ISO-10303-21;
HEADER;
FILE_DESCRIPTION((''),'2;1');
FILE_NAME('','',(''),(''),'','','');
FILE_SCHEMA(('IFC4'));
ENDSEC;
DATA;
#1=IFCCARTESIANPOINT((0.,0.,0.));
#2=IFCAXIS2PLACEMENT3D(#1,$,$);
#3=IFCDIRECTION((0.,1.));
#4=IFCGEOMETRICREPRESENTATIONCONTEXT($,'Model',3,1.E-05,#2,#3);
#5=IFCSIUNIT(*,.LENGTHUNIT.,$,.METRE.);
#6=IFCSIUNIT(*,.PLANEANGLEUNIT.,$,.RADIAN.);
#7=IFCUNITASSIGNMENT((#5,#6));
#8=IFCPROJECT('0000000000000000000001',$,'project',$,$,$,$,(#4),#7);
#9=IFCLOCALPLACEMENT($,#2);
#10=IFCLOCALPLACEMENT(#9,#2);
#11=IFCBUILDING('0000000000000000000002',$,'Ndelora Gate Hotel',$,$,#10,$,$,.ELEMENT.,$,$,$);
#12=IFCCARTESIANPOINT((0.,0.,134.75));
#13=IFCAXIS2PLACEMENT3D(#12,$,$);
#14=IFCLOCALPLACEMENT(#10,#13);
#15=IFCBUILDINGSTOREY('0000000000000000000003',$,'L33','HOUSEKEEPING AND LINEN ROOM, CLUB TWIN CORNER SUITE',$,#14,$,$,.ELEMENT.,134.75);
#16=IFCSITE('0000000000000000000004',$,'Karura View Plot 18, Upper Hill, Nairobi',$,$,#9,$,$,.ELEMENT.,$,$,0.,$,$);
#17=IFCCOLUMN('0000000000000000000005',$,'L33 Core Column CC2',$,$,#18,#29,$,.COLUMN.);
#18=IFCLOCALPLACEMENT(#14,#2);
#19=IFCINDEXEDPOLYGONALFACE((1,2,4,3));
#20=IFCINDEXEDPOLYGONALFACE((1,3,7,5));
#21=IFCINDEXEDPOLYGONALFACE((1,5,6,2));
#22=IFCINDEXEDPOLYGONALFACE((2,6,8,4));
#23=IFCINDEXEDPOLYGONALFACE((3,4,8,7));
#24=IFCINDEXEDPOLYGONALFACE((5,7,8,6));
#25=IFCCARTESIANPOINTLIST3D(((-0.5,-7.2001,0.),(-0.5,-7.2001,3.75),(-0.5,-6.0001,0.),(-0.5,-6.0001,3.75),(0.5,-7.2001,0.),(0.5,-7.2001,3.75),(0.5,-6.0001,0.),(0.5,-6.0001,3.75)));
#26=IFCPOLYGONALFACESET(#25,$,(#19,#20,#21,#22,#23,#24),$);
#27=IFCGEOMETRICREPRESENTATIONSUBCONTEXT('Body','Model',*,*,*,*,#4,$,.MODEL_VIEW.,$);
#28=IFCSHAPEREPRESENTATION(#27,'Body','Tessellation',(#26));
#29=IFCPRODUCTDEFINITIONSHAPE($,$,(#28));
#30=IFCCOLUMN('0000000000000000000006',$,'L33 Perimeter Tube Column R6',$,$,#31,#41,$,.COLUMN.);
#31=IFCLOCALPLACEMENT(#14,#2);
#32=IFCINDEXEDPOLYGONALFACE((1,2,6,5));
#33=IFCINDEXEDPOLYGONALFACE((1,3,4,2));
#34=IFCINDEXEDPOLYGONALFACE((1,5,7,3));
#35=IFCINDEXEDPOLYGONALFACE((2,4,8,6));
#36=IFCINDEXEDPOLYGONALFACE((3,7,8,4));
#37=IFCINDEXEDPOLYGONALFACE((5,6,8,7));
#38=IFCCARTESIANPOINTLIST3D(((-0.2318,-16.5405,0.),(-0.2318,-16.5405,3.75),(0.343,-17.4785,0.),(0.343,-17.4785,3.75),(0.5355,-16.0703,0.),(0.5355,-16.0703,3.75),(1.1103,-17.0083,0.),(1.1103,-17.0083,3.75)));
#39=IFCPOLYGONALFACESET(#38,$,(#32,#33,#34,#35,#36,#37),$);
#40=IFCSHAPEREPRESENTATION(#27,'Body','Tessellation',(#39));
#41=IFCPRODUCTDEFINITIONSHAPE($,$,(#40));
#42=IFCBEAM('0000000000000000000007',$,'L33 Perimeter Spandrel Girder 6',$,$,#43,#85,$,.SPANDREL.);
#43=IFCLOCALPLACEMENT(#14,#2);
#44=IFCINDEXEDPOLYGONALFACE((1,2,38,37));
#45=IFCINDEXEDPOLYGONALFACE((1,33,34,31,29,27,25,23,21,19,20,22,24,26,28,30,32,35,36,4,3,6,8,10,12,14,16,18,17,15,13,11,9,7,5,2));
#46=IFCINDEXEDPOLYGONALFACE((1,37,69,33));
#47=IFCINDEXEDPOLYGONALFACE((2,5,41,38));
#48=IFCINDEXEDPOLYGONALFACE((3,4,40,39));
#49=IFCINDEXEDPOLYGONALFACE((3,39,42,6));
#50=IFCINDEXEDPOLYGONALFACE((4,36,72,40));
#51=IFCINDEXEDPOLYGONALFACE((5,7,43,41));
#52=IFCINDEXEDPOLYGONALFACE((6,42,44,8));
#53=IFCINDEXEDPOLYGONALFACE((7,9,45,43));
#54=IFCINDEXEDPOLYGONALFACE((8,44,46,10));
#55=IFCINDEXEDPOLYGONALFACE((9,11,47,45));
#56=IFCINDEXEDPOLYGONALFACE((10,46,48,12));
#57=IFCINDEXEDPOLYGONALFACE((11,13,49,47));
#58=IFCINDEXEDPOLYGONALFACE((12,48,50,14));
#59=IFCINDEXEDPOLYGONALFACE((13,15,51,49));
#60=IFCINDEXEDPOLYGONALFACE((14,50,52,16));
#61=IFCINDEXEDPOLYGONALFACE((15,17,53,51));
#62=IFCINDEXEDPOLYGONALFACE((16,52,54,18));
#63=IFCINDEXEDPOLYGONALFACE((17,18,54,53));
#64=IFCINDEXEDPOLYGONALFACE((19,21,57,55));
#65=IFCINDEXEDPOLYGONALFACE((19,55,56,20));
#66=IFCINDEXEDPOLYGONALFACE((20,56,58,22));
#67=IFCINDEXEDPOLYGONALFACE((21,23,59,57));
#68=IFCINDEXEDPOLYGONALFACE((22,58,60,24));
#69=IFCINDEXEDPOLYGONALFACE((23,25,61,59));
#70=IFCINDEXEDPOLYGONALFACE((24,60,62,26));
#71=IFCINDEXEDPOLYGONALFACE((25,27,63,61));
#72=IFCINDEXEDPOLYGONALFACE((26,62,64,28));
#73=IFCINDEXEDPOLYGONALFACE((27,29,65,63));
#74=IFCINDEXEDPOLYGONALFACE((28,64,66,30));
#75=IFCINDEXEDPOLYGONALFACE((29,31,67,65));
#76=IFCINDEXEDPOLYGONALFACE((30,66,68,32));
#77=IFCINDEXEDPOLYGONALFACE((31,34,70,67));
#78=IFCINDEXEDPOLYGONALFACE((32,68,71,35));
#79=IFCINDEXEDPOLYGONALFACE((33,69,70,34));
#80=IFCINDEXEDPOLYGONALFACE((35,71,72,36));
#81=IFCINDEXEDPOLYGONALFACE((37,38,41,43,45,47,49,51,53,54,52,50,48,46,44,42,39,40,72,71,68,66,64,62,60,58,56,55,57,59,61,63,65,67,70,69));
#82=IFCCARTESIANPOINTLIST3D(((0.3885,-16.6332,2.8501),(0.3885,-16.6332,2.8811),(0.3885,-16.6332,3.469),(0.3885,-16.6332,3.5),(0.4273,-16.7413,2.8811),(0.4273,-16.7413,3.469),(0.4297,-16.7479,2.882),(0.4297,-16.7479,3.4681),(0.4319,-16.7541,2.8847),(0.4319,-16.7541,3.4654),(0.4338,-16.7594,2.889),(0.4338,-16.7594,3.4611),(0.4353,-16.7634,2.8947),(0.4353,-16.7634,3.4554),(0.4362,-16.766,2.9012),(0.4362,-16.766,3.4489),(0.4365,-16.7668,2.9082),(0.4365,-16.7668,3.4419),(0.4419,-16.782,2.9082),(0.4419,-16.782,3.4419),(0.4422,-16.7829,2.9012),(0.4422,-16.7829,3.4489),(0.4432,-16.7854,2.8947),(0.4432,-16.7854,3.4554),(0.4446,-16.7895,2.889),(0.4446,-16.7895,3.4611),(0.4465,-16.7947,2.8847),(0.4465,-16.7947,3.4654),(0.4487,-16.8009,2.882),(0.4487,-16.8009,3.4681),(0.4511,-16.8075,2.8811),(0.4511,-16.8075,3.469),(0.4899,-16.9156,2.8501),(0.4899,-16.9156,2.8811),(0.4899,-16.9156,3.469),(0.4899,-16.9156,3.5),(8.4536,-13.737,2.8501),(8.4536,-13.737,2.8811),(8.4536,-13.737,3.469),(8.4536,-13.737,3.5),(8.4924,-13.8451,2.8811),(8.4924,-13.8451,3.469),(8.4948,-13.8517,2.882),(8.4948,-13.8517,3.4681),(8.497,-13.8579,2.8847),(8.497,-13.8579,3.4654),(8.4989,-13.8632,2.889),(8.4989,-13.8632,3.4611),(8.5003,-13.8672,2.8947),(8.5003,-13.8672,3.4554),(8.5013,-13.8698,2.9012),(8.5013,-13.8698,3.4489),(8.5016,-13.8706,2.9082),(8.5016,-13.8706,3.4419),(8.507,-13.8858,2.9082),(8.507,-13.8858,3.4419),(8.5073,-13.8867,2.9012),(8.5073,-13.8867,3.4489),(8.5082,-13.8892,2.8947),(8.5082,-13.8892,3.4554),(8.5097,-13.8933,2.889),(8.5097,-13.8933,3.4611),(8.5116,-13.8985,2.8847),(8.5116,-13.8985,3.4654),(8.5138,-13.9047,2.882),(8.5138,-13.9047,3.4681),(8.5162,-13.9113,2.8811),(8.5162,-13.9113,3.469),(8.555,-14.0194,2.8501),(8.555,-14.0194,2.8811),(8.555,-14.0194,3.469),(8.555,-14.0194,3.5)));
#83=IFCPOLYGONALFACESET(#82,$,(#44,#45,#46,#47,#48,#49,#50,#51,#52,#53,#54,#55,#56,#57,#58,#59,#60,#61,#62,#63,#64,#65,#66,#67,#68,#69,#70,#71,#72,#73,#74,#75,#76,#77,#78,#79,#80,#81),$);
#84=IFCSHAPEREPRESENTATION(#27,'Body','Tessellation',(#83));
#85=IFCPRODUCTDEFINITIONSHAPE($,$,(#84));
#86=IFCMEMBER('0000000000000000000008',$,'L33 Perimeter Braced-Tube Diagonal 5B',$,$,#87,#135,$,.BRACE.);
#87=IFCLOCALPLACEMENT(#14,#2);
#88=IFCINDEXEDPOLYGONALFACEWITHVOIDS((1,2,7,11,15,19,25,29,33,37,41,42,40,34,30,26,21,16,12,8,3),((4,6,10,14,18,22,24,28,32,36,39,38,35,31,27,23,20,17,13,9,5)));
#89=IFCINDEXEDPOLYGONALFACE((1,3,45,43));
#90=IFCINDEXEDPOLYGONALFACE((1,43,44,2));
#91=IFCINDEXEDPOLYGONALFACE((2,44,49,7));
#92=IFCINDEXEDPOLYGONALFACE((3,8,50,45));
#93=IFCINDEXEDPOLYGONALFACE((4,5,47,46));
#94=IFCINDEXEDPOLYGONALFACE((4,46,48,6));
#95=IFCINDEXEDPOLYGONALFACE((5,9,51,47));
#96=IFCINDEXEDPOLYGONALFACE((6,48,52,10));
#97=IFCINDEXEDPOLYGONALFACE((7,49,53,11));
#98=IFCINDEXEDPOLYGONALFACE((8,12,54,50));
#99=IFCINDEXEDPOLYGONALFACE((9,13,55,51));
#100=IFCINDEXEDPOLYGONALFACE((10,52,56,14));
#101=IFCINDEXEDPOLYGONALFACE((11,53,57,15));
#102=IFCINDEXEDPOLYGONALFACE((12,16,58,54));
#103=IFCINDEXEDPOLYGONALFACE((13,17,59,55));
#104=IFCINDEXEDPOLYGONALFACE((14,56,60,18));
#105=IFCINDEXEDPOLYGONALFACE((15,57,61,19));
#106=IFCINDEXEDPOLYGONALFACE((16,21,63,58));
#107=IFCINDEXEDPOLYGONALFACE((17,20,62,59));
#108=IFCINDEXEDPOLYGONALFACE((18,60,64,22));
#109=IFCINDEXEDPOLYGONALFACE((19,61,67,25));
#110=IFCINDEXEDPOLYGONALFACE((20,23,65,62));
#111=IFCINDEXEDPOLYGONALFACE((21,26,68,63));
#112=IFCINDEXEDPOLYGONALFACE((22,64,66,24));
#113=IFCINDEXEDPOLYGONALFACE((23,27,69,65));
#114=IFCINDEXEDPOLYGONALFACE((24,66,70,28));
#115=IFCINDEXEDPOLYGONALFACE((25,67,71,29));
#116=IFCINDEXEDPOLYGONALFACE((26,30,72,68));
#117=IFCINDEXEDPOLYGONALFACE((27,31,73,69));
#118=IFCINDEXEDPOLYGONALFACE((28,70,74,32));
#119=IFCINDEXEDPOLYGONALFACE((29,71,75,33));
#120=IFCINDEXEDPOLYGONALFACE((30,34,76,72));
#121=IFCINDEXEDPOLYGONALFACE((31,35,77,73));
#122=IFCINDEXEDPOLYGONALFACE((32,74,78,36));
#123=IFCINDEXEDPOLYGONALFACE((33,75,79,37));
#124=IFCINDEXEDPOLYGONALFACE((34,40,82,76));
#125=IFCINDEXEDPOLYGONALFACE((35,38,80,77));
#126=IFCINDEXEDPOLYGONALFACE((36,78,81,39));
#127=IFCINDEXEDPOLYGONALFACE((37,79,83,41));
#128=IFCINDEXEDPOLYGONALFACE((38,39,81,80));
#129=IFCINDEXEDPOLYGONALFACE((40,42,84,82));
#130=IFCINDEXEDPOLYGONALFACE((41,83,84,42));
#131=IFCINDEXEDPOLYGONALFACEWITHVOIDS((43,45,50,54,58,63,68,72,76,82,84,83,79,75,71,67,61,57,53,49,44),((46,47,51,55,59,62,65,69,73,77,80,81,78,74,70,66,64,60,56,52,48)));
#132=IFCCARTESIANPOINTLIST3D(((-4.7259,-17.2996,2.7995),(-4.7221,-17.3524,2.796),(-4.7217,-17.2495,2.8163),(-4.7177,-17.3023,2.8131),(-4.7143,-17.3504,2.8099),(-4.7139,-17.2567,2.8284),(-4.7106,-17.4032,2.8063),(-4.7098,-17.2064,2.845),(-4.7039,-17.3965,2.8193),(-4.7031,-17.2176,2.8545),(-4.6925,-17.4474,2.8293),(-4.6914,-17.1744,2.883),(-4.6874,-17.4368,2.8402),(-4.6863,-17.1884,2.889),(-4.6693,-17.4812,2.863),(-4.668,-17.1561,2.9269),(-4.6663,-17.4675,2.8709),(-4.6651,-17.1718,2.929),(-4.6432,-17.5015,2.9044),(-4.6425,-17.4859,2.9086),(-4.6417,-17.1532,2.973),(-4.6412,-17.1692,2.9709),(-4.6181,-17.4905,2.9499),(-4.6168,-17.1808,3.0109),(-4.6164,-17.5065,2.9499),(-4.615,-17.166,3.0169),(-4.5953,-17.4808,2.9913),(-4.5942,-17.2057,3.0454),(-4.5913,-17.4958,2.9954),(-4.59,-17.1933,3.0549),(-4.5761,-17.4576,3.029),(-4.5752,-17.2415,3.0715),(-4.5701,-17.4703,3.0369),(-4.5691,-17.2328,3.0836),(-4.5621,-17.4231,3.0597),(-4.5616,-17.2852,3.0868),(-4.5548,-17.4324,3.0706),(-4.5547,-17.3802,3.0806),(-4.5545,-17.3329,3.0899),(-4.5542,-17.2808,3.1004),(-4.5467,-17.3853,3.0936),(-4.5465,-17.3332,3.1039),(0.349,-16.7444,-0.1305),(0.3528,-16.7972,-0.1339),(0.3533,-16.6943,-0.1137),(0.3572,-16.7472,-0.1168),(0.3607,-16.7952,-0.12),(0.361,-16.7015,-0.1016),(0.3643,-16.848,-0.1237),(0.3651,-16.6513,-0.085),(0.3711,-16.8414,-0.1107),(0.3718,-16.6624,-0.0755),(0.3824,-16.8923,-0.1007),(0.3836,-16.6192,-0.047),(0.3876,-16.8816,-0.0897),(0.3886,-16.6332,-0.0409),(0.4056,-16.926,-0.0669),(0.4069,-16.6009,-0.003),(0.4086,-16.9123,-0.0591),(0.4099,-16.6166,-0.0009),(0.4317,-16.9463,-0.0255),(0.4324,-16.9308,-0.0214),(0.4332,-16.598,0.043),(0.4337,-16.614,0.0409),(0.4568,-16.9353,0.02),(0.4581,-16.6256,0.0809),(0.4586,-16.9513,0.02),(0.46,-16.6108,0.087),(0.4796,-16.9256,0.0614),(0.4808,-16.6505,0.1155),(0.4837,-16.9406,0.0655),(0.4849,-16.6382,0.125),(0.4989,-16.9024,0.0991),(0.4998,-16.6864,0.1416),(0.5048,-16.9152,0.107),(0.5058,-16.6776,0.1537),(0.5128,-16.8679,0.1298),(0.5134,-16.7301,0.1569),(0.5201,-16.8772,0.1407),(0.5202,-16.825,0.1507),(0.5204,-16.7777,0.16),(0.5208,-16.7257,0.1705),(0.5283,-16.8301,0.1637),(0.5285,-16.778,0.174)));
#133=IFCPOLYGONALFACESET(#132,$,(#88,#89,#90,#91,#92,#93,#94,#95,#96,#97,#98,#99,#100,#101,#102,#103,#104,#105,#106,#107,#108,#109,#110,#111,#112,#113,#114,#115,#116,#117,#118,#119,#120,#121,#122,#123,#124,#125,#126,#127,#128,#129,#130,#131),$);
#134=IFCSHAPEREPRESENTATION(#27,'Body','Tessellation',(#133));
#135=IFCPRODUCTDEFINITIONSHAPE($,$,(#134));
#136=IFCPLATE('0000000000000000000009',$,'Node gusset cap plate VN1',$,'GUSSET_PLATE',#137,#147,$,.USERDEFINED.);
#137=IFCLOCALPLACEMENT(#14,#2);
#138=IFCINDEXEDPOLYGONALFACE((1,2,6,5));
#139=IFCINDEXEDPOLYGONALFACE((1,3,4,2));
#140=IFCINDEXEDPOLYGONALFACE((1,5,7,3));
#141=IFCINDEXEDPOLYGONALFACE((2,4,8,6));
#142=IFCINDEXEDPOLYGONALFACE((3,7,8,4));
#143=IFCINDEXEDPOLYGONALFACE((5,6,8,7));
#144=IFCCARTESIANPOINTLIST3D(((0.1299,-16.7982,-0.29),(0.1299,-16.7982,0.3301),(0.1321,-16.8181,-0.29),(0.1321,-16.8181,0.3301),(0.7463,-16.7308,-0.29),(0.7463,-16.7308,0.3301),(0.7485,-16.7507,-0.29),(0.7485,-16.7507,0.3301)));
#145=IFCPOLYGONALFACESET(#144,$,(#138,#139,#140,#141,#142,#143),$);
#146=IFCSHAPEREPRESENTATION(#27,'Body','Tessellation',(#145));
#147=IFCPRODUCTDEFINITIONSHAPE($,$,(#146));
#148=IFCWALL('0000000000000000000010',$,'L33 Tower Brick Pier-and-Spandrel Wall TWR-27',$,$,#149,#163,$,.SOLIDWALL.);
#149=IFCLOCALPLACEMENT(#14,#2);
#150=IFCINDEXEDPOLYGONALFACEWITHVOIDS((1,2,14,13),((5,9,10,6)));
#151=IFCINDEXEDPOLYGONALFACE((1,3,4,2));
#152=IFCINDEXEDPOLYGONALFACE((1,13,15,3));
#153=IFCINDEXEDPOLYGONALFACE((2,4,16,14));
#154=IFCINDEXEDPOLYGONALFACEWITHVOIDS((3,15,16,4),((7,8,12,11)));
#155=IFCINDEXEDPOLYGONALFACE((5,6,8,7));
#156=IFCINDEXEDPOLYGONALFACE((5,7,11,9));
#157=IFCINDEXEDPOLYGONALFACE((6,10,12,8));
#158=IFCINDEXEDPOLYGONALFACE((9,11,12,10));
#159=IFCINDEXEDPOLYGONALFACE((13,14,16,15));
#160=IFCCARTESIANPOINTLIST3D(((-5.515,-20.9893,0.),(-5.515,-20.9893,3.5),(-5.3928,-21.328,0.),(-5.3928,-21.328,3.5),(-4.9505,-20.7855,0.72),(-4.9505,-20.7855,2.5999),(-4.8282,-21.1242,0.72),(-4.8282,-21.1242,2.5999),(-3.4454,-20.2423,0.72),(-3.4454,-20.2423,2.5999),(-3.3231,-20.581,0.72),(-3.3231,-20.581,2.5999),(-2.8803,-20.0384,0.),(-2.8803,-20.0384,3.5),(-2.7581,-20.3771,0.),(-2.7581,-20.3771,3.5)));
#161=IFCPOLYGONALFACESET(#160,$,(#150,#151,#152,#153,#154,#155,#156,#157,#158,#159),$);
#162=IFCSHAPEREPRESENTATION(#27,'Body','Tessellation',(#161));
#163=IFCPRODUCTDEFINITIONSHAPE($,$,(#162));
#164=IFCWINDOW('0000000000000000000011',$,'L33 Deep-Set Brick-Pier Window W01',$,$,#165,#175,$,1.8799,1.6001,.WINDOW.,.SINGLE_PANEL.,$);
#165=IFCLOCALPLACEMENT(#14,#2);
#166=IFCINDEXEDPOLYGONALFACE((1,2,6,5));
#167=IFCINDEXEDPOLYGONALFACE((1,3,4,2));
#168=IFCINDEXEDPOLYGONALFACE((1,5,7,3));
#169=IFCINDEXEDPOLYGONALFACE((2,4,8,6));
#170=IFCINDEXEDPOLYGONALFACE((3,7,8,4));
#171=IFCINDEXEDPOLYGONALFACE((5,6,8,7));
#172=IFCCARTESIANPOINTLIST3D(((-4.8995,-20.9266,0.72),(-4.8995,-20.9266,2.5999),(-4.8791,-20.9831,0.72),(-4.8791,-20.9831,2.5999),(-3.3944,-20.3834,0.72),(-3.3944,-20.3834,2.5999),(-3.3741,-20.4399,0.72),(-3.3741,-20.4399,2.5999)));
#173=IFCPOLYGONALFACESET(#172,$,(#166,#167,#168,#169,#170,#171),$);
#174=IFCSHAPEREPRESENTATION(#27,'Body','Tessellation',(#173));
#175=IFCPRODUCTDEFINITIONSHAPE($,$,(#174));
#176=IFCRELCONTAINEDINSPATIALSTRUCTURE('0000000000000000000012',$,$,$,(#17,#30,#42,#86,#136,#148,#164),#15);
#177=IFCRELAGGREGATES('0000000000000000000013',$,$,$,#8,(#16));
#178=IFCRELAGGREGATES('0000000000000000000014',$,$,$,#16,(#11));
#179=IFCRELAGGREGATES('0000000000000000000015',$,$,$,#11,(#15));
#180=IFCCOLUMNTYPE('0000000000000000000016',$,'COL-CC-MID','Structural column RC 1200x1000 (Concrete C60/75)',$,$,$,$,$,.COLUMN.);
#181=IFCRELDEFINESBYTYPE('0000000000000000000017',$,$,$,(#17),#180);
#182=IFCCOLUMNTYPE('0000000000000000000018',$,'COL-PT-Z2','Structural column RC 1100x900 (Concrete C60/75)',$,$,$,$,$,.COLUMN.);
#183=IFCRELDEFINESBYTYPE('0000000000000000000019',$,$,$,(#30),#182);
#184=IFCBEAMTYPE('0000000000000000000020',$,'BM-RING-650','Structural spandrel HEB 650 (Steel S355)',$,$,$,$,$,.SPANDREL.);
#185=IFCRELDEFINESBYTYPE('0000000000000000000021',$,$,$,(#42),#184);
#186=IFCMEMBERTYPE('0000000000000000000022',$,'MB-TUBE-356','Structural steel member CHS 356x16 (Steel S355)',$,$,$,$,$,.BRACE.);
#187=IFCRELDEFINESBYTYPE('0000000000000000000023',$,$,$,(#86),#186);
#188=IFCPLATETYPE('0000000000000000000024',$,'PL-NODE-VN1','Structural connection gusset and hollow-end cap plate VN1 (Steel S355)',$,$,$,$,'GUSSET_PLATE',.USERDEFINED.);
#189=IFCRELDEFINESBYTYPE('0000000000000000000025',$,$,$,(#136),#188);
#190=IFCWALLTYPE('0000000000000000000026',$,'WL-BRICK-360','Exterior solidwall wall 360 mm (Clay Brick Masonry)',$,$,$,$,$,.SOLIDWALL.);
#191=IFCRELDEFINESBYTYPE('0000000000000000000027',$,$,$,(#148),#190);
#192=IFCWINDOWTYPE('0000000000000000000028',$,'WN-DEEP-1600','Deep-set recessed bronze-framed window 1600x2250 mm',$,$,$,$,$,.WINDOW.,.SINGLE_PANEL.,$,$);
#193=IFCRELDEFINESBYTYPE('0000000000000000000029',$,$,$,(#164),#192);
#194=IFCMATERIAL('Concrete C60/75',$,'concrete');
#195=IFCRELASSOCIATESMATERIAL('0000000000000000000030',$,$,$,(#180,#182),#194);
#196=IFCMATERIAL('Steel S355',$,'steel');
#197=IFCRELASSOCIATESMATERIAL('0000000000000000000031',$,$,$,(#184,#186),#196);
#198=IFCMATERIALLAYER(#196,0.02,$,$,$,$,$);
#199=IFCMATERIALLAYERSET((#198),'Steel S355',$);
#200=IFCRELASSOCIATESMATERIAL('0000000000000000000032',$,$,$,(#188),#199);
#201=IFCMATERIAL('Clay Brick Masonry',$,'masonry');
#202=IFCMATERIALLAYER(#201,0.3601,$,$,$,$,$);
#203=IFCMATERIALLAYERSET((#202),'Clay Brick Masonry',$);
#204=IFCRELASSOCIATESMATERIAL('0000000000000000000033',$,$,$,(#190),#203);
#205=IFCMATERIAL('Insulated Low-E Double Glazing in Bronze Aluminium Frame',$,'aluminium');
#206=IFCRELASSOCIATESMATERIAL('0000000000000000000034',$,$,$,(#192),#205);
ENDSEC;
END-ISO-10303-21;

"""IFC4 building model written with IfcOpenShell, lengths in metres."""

from ifc_helpers import new_model, si_unit, direction, frame, frame_2d, origin, origin_2d, place, context, subcontext, project, spatial, rectangle, hollow_circle, i_section, extrude, material, layer, layer_set, material_profile, profile_set, type_object, element, fill, save


model = new_model("IFC4")

# Units and contexts
model_context = context("Model", 3, precision=1e-05, world=origin(), true_north=direction((0.0, 1.0)))
body_context = subcontext(model_context, "Body", "Model", "MODEL_VIEW")
ifc_project = project(units=[si_unit("LENGTHUNIT", "METRE"), si_unit("PLANEANGLEUNIT", "RADIAN")], contexts=[model_context])

# Site, building, storey
site_placement = place(None, origin())
site = spatial("IfcSite", under=ifc_project, at=site_placement, Name="Karura View Plot 18, Upper Hill, Nairobi", CompositionType="ELEMENT", RefElevation=0.0)
building_placement = place(site_placement, origin())
building = spatial("IfcBuilding", under=site, at=building_placement, Name="Ndelora Gate Hotel", CompositionType="ELEMENT")
storey_placement = place(building_placement, frame((0.0, 0.0, 134.75)))
storey = spatial("IfcBuildingStorey", under=building, at=storey_placement, Name="L33", Description="HOUSEKEEPING AND LINEN ROOM, CLUB TWIN CORNER SUITE", CompositionType="ELEMENT", Elevation=134.75)

# Columns
ifc_material_1 = material(Name="Concrete C60/75", Category="concrete")
ifc_material_profile_1 = material_profile(ifc_material_1, rectangle(XDim=1.0, YDim=1.2, at=origin_2d()), Name="RC 1200x1000")
ifc_profile_set_1 = profile_set([ifc_material_profile_1], Name="Concrete C60/75")
column_type_1 = type_object("IfcColumnType", Name="COL-CC-MID", Description="Structural column RC 1200x1000 (Concrete C60/75)", PredefinedType="COLUMN", material=ifc_profile_set_1)
column_1_placement = place(storey_placement, frame((0.0, -6.6001, 0.0), z_axis=(0.0, 0.0, 1.0), x_axis=(1.0, 0.0, 0.0)))
element("IfcColumn", 1, at=column_1_placement, inside=storey, type_object=column_type_1, Name="L33 Core Column CC2", PredefinedType="COLUMN", context=body_context, shape_type="SweptSolid", body=[
    extrude(rectangle(XDim=1.0, YDim=1.2, at=origin_2d()), origin(), (0.0, 0.0, 1.0), 3.75),
])
ifc_material_profile_2 = material_profile(ifc_material_1, rectangle(XDim=0.8999, YDim=1.1001, at=origin_2d()), Name="RC 1100x900")
ifc_profile_set_2 = profile_set([ifc_material_profile_2], Name="Concrete C60/75")
column_type_2 = type_object("IfcColumnType", Name="COL-PT-Z2", Description="Structural column RC 1100x900 (Concrete C60/75)", PredefinedType="COLUMN", material=ifc_profile_set_2)
column_2_placement = place(storey_placement, frame((0.4392, -16.7744, 0.0), z_axis=(0.0, 0.0, 1.0), x_axis=(0.85264, 0.522499, 0.0)))
element("IfcColumn", 2, at=column_2_placement, inside=storey, type_object=column_type_2, Name="L33 Perimeter Tube Column R6", PredefinedType="COLUMN", context=body_context, shape_type="SweptSolid", body=[
    extrude(rectangle(XDim=0.8999, YDim=1.1001, at=origin_2d()), origin(), (0.0, 0.0, 1.0), 3.75),
])

# Beam
ifc_material_2 = material(Name="Steel S355", Category="steel")
ifc_material_profile_3 = material_profile(ifc_material_2, i_section(OverallWidth=0.3, OverallDepth=0.6499, WebThickness=0.0161, FlangeThickness=0.031, FilletRadius=0.0271, at=origin_2d()), Name="HEB 650")
ifc_profile_set_3 = profile_set([ifc_material_profile_3], Name="Steel S355")
beam_type = type_object("IfcBeamType", Name="BM-RING-650", Description="Structural spandrel HEB 650 (Steel S355)", PredefinedType="SPANDREL", material=ifc_profile_set_3)
beam_placement = place(storey_placement, frame((0.4392, -16.7744, 3.175), z_axis=(0.941156, 0.337973, 0.0), x_axis=(-0.337973, 0.941156, 0.0)))
element("IfcBeam", 3, at=beam_placement, inside=storey, type_object=beam_type, Name="L33 Perimeter Spandrel Girder 6", PredefinedType="SPANDREL", context=body_context, shape_type="SweptSolid", body=[
    extrude(i_section(OverallWidth=0.3, OverallDepth=0.6499, WebThickness=0.0161, FlangeThickness=0.031, FilletRadius=0.0271, at=origin_2d()), origin(), (0.0, 0.0, 1.0), 8.5693),
])

# Member
ifc_material_profile_4 = material_profile(ifc_material_2, hollow_circle(Radius=0.178, WallThickness=0.0161, at=origin_2d()), Name="CHS 356x16")
ifc_profile_set_4 = profile_set([ifc_material_profile_4], Name="Steel S355")
member_type = type_object("IfcMemberType", Name="MB-TUBE-356", Description="Structural steel member CHS 356x16 (Steel S355)", PredefinedType="BRACE", material=ifc_profile_set_4)
member_placement = place(storey_placement, frame((0.4392, -16.7744, 0.02), z_axis=(-0.862172, -0.094318, 0.497759), x_axis=(0.108747, -0.99407, 0.0)))
element("IfcMember", 4, at=member_placement, inside=storey, type_object=member_type, Name="L33 Perimeter Braced-Tube Diagonal 5B", PredefinedType="BRACE", context=body_context, shape_type="SweptSolid", body=[
    extrude(hollow_circle(Radius=0.178, WallThickness=0.0161, at=origin_2d()), origin(), (0.0, 0.0, 1.0), 5.8862),
])

# Plate
ifc_layer_1 = layer(ifc_material_2, 0.02)
ifc_layer_set_1 = layer_set([ifc_layer_1], Name="Steel S355")
plate_type = type_object("IfcPlateType", Name="PL-NODE-VN1", Description="Structural connection gusset and hollow-end cap plate VN1 (Steel S355)", ElementType="GUSSET_PLATE", PredefinedType="USERDEFINED", material=ifc_layer_set_1)
plate_placement = place(storey_placement, frame((0.4392, -16.7744, -0.29), z_axis=(0.0, 0.0, 1.0), x_axis=(0.994075, 0.108693, 0.0)))
element("IfcPlate", 5, at=plate_placement, inside=storey, type_object=plate_type, Name="Node gusset cap plate VN1", ObjectType="GUSSET_PLATE", PredefinedType="USERDEFINED", context=body_context, shape_type="SweptSolid", body=[
    extrude(rectangle(XDim=0.6201, YDim=0.02, at=origin_2d()), origin(), (0.0, 0.0, 1.0), 0.6201),
])

# Wall, opening, window
ifc_material_3 = material(Name="Clay Brick Masonry", Category="masonry")
ifc_layer_2 = layer(ifc_material_3, 0.3601)
ifc_layer_set_2 = layer_set([ifc_layer_2], Name="Clay Brick Masonry")
wall_type_1 = type_object("IfcWallType", Name="WL-BRICK-360", Description="Exterior solidwall wall 360 mm (Clay Brick Masonry)", PredefinedType="SOLIDWALL", material=ifc_layer_set_2)
wall_1_placement = place(storey_placement, frame((-2.8193, -20.2078, 0.0), z_axis=(0.0, 0.0, 1.0), x_axis=(-0.940613, -0.339482, 0.0)))
wall_1 = element("IfcWall", 6, at=wall_1_placement, inside=storey, type_object=wall_type_1, Name="L33 Tower Brick Pier-and-Spandrel Wall TWR-27", PredefinedType="SOLIDWALL", context=body_context, shape_type="SweptSolid", body=[
    extrude(rectangle(XDim=2.801, YDim=0.3601, at=frame_2d((1.4004, 0.0))), origin(), (0.0, 0.0, 1.0), 3.5),
])
opening_1_placement = place(wall_1_placement, frame((0.6006, 0.0, 0.72)))
opening_1 = element("IfcOpeningElement", 7, at=opening_1_placement, cuts=wall_1, PredefinedType="OPENING", context=body_context, shape_type="SweptSolid", body=[
    extrude(rectangle(XDim=1.6001, YDim=1.8799, at=frame_2d((0.8, 0.9399))), frame((0.0, 0.1899, 0.0), z_axis=(0.0, -1.0, 0.0), x_axis=(1.0, 0.0, 0.0)), (0.0, 0.0, 1.0), 0.3801),
])
ifc_material_4 = material(Name="Insulated Low-E Double Glazing in Bronze Aluminium Frame", Category="aluminium")
window_type_1 = type_object("IfcWindowType", Name="WN-DEEP-1600", Description="Deep-set recessed bronze-framed window 1600x2250 mm", PartitioningType="SINGLE_PANEL", PredefinedType="WINDOW", material=ifc_material_4)
window_1_placement = place(opening_1_placement, origin())
window_1 = element("IfcWindow", 8, at=window_1_placement, inside=storey, type_object=window_type_1, Name="L33 Deep-Set Brick-Pier Window W01", OverallHeight=1.8799, OverallWidth=1.6001, PartitioningType="SINGLE_PANEL", PredefinedType="WINDOW", context=body_context, shape_type="SweptSolid", body=[
    extrude(rectangle(XDim=1.6001, YDim=1.8799, at=frame_2d((0.8, 0.9399))), frame((0.0, 0.03, 0.0), z_axis=(0.0, -1.0, 0.0), x_axis=(1.0, 0.0, 0.0)), (0.0, 0.0, 1.0), 0.0601),
])
fill(opening_1, window_1)

save(model, "model.ifc")
